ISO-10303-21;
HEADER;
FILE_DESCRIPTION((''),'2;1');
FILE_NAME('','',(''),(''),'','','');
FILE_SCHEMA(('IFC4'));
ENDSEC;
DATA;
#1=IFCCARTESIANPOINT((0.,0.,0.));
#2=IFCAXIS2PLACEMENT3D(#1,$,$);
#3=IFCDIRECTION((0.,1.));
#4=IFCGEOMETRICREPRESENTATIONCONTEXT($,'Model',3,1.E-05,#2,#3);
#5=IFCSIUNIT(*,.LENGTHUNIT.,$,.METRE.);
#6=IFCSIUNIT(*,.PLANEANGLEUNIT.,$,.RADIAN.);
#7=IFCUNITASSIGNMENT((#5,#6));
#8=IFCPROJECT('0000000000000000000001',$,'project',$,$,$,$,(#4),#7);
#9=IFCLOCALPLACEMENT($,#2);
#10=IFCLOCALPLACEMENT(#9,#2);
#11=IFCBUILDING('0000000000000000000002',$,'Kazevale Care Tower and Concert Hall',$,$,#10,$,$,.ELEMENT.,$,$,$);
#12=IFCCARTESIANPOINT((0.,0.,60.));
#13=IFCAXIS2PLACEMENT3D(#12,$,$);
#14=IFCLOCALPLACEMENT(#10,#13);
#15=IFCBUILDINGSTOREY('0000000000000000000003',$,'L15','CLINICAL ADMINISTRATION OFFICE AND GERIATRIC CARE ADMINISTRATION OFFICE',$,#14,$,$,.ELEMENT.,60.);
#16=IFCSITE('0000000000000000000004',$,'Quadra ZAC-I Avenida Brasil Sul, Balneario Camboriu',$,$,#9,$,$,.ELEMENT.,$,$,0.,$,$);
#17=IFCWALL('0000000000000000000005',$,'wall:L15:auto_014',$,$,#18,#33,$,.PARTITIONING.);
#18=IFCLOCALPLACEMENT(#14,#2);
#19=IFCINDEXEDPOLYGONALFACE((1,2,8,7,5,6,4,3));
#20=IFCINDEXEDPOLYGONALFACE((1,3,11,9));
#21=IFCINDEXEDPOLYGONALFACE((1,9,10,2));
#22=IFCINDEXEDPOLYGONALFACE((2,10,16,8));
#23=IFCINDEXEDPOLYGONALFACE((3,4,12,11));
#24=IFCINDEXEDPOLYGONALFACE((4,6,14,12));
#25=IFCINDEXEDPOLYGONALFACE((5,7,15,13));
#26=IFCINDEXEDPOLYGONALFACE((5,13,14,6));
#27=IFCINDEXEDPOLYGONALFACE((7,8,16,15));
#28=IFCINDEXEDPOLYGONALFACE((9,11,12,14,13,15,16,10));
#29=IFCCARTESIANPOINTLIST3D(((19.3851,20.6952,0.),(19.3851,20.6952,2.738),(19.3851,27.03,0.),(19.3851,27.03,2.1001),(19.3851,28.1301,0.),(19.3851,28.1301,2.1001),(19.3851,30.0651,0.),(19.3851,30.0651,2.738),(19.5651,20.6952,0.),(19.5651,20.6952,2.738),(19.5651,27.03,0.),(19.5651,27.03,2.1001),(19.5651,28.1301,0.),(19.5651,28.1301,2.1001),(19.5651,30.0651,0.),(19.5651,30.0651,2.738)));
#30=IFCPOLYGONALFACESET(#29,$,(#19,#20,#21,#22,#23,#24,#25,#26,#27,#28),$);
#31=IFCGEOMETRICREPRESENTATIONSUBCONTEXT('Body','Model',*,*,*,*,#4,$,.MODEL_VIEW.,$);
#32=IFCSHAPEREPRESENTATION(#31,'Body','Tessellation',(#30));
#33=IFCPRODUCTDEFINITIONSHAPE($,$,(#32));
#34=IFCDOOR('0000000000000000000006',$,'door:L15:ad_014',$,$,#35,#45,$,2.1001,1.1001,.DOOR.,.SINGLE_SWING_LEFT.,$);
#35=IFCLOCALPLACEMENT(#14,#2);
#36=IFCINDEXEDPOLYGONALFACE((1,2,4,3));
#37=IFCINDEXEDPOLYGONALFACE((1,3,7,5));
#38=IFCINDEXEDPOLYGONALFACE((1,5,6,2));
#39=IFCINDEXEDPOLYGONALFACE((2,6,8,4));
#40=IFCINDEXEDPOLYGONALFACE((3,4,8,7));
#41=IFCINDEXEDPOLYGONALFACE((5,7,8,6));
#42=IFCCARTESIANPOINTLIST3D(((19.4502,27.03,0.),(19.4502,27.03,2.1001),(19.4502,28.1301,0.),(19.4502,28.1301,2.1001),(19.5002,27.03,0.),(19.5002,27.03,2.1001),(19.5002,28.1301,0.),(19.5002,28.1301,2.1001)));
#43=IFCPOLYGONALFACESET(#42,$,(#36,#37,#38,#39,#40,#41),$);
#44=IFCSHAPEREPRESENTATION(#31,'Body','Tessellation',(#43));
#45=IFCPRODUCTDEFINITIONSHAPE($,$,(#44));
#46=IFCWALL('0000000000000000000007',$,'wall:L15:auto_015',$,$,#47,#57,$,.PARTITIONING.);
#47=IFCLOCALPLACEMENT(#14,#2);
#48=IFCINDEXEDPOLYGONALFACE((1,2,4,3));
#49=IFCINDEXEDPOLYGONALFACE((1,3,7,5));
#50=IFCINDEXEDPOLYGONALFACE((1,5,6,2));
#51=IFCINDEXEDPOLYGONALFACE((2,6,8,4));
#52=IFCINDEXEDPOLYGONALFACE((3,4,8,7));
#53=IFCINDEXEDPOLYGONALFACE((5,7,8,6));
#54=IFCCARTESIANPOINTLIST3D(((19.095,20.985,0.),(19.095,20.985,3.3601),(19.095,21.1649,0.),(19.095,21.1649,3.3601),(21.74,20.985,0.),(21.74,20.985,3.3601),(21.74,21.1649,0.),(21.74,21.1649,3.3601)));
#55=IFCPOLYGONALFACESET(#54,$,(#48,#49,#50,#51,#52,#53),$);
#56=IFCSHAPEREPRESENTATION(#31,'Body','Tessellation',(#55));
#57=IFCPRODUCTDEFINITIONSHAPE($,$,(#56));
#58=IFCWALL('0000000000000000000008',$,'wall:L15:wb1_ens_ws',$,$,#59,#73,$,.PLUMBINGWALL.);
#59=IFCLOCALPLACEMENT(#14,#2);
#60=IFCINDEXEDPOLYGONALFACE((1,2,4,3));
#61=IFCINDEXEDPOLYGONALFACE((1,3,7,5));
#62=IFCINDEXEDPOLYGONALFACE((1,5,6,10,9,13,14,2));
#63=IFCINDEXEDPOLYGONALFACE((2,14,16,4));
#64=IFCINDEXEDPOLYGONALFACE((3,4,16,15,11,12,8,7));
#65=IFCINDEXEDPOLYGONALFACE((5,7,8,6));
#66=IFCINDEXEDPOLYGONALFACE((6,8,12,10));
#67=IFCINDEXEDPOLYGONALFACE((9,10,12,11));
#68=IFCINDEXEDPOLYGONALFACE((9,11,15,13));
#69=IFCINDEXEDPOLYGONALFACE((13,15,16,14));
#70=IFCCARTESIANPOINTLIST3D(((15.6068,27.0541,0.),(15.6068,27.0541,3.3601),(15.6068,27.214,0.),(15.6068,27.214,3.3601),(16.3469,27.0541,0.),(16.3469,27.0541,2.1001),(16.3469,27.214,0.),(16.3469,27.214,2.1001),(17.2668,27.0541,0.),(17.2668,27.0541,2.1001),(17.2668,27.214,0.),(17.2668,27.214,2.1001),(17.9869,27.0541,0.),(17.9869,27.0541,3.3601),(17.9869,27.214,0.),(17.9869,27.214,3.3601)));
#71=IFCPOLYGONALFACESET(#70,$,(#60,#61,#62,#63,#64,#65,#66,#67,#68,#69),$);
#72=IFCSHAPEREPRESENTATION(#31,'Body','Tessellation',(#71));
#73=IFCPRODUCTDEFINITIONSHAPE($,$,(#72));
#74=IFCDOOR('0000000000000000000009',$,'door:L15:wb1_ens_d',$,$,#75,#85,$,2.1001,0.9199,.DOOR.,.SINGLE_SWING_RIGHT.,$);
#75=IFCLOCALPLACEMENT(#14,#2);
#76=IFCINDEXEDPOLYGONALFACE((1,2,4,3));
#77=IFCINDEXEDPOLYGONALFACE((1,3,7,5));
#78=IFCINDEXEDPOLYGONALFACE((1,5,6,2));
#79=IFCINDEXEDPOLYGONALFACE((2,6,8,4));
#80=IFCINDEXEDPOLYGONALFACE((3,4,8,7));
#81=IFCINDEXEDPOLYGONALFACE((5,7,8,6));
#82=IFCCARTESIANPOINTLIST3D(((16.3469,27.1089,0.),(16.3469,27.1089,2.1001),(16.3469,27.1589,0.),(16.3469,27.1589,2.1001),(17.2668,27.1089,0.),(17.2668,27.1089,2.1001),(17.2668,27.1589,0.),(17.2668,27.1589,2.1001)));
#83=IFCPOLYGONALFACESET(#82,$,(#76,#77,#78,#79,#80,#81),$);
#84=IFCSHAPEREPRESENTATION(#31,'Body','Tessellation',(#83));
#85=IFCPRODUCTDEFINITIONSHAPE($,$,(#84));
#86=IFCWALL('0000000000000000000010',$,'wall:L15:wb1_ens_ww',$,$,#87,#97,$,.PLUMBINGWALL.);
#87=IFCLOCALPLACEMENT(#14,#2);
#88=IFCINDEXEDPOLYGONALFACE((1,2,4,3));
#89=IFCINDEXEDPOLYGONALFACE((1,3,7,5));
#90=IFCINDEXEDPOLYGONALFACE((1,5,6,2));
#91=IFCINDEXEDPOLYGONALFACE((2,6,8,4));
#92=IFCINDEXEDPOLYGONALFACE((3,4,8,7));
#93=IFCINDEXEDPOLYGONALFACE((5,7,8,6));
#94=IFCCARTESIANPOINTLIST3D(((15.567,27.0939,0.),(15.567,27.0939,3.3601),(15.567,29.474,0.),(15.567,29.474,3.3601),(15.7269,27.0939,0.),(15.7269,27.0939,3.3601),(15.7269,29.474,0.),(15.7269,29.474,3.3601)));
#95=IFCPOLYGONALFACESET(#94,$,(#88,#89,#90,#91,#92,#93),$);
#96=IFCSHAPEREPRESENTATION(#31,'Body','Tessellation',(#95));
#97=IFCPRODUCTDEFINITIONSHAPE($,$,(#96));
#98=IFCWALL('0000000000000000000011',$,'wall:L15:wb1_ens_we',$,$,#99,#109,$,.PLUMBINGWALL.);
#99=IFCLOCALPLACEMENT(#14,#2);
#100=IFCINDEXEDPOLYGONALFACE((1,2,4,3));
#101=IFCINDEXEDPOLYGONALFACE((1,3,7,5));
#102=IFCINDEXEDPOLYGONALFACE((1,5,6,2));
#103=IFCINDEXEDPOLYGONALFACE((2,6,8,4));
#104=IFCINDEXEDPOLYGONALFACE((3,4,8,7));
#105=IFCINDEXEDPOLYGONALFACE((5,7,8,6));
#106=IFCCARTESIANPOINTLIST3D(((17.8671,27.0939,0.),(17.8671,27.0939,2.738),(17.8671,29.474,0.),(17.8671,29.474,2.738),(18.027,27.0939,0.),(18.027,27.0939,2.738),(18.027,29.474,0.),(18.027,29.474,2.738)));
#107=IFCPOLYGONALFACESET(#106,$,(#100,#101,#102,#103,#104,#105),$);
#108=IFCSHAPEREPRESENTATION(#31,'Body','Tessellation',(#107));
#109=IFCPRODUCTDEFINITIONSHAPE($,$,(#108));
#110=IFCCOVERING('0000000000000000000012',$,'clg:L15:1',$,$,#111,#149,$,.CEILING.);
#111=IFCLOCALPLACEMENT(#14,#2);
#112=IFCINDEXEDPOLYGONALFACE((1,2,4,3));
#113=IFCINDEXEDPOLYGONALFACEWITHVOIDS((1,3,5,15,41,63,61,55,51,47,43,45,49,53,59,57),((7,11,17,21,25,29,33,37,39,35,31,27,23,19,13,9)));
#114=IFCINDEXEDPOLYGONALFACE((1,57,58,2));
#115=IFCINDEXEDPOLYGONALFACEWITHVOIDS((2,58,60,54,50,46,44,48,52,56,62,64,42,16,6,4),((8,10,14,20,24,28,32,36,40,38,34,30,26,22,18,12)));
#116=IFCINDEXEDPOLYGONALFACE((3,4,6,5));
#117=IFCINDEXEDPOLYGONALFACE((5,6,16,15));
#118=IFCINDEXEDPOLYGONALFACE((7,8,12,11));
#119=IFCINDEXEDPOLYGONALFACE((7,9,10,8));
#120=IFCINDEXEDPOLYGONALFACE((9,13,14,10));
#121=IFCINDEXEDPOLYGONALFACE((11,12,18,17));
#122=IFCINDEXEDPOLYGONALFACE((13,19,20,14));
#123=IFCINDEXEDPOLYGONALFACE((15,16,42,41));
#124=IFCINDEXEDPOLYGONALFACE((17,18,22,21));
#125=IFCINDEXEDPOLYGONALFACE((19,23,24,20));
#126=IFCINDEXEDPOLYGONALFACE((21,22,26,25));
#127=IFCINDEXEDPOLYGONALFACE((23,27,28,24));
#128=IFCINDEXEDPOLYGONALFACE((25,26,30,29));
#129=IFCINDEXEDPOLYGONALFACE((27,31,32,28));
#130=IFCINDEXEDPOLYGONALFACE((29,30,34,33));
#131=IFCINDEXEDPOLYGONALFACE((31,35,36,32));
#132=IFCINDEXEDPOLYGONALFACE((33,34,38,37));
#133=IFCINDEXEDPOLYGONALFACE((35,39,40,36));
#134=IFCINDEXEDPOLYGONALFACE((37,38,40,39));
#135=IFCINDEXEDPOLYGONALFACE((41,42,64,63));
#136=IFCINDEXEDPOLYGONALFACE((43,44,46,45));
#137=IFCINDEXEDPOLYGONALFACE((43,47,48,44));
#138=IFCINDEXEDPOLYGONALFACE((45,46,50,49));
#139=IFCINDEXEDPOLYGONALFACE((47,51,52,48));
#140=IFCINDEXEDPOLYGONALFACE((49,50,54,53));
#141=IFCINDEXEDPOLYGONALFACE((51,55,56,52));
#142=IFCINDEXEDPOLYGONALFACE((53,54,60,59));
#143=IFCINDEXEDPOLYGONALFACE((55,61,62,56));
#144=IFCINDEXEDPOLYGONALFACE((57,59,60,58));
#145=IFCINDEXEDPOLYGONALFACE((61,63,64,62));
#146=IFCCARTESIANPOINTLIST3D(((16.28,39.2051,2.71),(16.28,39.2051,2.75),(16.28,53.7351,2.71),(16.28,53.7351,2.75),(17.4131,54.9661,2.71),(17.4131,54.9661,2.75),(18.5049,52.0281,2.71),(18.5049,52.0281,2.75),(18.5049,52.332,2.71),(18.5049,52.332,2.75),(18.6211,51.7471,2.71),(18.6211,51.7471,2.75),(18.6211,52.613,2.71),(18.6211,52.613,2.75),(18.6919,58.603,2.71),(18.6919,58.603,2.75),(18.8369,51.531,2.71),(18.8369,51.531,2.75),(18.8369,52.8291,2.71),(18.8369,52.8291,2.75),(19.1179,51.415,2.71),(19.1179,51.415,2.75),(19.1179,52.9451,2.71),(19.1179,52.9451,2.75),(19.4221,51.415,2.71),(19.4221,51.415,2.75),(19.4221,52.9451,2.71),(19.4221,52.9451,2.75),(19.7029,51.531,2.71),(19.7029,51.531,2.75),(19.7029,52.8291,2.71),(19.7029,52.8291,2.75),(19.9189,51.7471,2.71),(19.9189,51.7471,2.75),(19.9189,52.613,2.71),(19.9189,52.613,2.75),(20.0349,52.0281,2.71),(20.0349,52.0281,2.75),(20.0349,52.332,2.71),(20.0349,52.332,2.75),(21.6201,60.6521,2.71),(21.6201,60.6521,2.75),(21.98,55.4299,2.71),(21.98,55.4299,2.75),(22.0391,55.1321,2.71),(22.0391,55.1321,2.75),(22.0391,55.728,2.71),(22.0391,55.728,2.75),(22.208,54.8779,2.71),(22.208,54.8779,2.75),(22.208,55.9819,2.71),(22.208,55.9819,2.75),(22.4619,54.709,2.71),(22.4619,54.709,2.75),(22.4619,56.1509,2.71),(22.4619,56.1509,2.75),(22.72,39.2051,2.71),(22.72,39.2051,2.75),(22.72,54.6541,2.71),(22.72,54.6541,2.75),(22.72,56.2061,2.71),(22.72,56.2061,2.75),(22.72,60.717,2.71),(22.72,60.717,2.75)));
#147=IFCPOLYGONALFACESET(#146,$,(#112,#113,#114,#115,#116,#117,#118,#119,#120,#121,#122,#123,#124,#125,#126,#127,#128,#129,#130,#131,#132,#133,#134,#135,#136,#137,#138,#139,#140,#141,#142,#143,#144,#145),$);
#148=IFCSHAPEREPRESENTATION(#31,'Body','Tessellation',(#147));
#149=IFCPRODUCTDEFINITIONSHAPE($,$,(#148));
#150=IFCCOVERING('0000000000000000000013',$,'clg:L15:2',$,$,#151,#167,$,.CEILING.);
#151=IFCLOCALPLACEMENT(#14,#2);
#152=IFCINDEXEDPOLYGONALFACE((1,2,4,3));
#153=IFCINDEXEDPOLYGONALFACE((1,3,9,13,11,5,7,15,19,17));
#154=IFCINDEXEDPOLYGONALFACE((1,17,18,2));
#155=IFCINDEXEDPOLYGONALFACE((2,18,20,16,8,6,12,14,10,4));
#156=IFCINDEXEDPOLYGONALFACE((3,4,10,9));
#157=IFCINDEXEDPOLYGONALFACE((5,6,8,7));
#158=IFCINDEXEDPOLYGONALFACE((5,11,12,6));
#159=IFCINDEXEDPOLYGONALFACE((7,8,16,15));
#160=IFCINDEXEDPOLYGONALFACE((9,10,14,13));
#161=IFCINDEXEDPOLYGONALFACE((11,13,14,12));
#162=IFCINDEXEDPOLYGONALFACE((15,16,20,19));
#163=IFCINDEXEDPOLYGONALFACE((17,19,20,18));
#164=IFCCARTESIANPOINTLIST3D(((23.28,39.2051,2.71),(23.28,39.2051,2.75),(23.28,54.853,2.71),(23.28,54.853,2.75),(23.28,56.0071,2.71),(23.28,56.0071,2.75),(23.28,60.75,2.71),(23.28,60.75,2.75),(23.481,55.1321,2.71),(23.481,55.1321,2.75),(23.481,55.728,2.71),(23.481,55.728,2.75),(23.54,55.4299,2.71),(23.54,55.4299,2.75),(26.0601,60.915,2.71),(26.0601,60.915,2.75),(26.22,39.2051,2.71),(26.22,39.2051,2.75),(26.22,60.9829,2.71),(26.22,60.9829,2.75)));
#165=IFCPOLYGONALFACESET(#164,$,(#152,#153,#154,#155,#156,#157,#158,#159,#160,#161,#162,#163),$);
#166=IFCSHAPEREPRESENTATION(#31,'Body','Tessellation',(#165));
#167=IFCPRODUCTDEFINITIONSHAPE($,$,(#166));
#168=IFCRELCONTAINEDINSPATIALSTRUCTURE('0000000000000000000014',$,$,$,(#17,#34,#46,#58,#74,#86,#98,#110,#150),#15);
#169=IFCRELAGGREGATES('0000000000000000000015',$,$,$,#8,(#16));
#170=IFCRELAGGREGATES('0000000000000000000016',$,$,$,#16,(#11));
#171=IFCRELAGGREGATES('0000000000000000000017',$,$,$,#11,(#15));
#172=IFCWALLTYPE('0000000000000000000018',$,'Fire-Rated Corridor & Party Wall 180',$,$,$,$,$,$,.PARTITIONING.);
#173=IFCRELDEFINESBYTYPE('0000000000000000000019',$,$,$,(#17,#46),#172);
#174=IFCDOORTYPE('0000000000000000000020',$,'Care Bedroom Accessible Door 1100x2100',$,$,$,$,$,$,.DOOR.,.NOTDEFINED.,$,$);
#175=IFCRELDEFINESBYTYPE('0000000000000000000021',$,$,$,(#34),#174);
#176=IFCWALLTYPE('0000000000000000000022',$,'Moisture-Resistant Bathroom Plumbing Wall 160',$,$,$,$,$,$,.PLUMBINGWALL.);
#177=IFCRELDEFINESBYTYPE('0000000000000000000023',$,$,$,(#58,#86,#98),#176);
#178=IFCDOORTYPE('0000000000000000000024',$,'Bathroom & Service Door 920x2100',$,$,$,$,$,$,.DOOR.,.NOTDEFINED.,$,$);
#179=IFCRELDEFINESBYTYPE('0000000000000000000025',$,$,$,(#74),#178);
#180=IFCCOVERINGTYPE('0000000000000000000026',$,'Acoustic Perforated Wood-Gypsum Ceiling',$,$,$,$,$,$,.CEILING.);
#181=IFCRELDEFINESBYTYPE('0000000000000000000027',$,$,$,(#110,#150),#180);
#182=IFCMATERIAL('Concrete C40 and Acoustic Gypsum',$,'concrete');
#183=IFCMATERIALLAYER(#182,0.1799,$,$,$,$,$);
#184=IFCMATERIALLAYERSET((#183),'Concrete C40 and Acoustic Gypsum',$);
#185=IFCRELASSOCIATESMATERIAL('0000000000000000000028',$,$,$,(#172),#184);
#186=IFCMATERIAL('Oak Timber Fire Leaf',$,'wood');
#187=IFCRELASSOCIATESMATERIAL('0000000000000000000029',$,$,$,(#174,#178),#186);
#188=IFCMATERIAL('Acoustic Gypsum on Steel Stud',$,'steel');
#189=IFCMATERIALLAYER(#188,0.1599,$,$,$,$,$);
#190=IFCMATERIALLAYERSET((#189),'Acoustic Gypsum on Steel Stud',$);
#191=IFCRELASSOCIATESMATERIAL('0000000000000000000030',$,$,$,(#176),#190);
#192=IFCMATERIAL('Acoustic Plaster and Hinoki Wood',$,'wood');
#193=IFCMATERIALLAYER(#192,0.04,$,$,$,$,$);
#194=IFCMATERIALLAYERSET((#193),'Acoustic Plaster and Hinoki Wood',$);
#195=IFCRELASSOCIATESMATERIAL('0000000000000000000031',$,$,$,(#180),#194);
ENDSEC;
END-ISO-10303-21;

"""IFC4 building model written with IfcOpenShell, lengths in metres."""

from ifc_helpers import new_model, si_unit, direction, frame, frame_2d, origin, place, context, subcontext, project, spatial, polyline, rectangle, outline, extrude, material, layer, layer_set, type_object, element, fill, save


model = new_model("IFC4")

# Units and contexts
model_context = context("Model", 3, precision=1e-05, world=origin(), true_north=direction((0.0, 1.0)))
body_context = subcontext(model_context, "Body", "Model", "MODEL_VIEW")
ifc_project = project(units=[si_unit("LENGTHUNIT", "METRE"), si_unit("PLANEANGLEUNIT", "RADIAN")], contexts=[model_context])

# Site, building, storey
site_placement = place(None, origin())
site = spatial("IfcSite", under=ifc_project, at=site_placement, Name="Quadra ZAC-I Avenida Brasil Sul, Balneario Camboriu", CompositionType="ELEMENT", RefElevation=0.0)
building_placement = place(site_placement, origin())
building = spatial("IfcBuilding", under=site, at=building_placement, Name="Kazevale Care Tower and Concert Hall", CompositionType="ELEMENT")
storey_placement = place(building_placement, frame((0.0, 0.0, 60.0)))
storey = spatial("IfcBuildingStorey", under=building, at=storey_placement, Name="L15", Description="CLINICAL ADMINISTRATION OFFICE AND GERIATRIC CARE ADMINISTRATION OFFICE", CompositionType="ELEMENT", Elevation=60.0)

# Wall, opening, door
ifc_material_1 = material(Name="Concrete C40 and Acoustic Gypsum", Category="concrete")
ifc_layer_1 = layer(ifc_material_1, 0.1799)
ifc_layer_set_1 = layer_set([ifc_layer_1], Name="Concrete C40 and Acoustic Gypsum")
wall_type_1 = type_object("IfcWallType", Name="Fire-Rated Corridor & Party Wall 180", PredefinedType="PARTITIONING", material=ifc_layer_set_1)
wall_1_placement = place(storey_placement, frame((19.4751, 20.6951, 0.0), z_axis=(0.0, 0.0, 1.0), x_axis=(0.0, 1.0, 0.0)))
wall_1 = element("IfcWall", 1, at=wall_1_placement, inside=storey, type_object=wall_type_1, Name="wall:L15:auto_014", PredefinedType="PARTITIONING", context=body_context, shape_type="SweptSolid", body=[
    extrude(rectangle(XDim=9.3699, YDim=0.1799, at=frame_2d((4.6851, 0.0))), origin(), (0.0, 0.0, 1.0), 2.738),
])
opening_1_placement = place(wall_1_placement, frame((6.335, 0.0, 0.0)))
opening_1 = element("IfcOpeningElement", 2, at=opening_1_placement, cuts=wall_1, PredefinedType="OPENING", context=body_context, shape_type="SweptSolid", body=[
    extrude(rectangle(XDim=1.1001, YDim=2.1001, at=frame_2d((0.55, 1.05))), frame((0.0, 0.0999, 0.0), z_axis=(0.0, -1.0, 0.0), x_axis=(1.0, 0.0, 0.0)), (0.0, 0.0, 1.0), 0.2),
])
ifc_material_2 = material(Name="Oak Timber Fire Leaf", Category="wood")
door_type_1 = type_object("IfcDoorType", Name="Care Bedroom Accessible Door 1100x2100", OperationType="NOTDEFINED", PredefinedType="DOOR", material=ifc_material_2)
door_1_placement = place(opening_1_placement, origin())
door_1 = element("IfcDoor", 3, at=door_1_placement, inside=storey, type_object=door_type_1, Name="door:L15:ad_014", OperationType="SINGLE_SWING_LEFT", OverallHeight=2.1001, OverallWidth=1.1001, PredefinedType="DOOR", context=body_context, shape_type="SweptSolid", body=[
    extrude(rectangle(XDim=1.1001, YDim=2.1001, at=frame_2d((0.55, 1.05))), frame((0.0, 0.0249, 0.0), z_axis=(0.0, -1.0, 0.0), x_axis=(1.0, 0.0, 0.0)), (0.0, 0.0, 1.0), 0.05),
])
fill(opening_1, door_1)

# Wall
wall_2_placement = place(storey_placement, frame((21.74, 21.075, 0.0), z_axis=(0.0, 0.0, 1.0), x_axis=(-1.0, 0.0, 0.0)))
element("IfcWall", 4, at=wall_2_placement, inside=storey, type_object=wall_type_1, Name="wall:L15:auto_015", PredefinedType="PARTITIONING", context=body_context, shape_type="SweptSolid", body=[
    extrude(rectangle(XDim=2.645, YDim=0.1799, at=frame_2d((1.3225, 0.0))), origin(), (0.0, 0.0, 1.0), 3.3601),
])

# Wall, opening, door
ifc_material_3 = material(Name="Acoustic Gypsum on Steel Stud", Category="steel")
ifc_layer_2 = layer(ifc_material_3, 0.1599)
ifc_layer_set_2 = layer_set([ifc_layer_2], Name="Acoustic Gypsum on Steel Stud")
wall_type_2 = type_object("IfcWallType", Name="Moisture-Resistant Bathroom Plumbing Wall 160", PredefinedType="PLUMBINGWALL", material=ifc_layer_set_2)
wall_3_placement = place(storey_placement, frame((15.6069, 27.134, 0.0), z_axis=(0.0, 0.0, 1.0), x_axis=(1.0, 0.0, 0.0)))
wall_3 = element("IfcWall", 5, at=wall_3_placement, inside=storey, type_object=wall_type_2, Name="wall:L15:wb1_ens_ws", PredefinedType="PLUMBINGWALL", context=body_context, shape_type="SweptSolid", body=[
    extrude(rectangle(XDim=2.3801, YDim=0.1599, at=frame_2d((1.1899, 0.0))), origin(), (0.0, 0.0, 1.0), 3.3601),
])
opening_2_placement = place(wall_3_placement, frame((0.74, 0.0, 0.0)))
opening_2 = element("IfcOpeningElement", 6, at=opening_2_placement, cuts=wall_3, PredefinedType="OPENING", context=body_context, shape_type="SweptSolid", body=[
    extrude(rectangle(XDim=0.9199, YDim=2.1001, at=frame_2d((0.46, 1.05))), frame((0.0, 0.0898, 0.0), z_axis=(0.0, -1.0, 0.0), x_axis=(1.0, 0.0, 0.0)), (0.0, 0.0, 1.0), 0.1799),
])
door_type_2 = type_object("IfcDoorType", Name="Bathroom & Service Door 920x2100", OperationType="NOTDEFINED", PredefinedType="DOOR", material=ifc_material_2)
door_2_placement = place(opening_2_placement, origin())
door_2 = element("IfcDoor", 7, at=door_2_placement, inside=storey, type_object=door_type_2, Name="door:L15:wb1_ens_d", OperationType="SINGLE_SWING_RIGHT", OverallHeight=2.1001, OverallWidth=0.9199, PredefinedType="DOOR", context=body_context, shape_type="SweptSolid", body=[
    extrude(rectangle(XDim=0.9199, YDim=2.1001, at=frame_2d((0.46, 1.05))), frame((0.0, 0.0249, 0.0), z_axis=(0.0, -1.0, 0.0), x_axis=(1.0, 0.0, 0.0)), (0.0, 0.0, 1.0), 0.05),
])
fill(opening_2, door_2)

# Walls
wall_4_placement = place(storey_placement, frame((15.647, 27.094, 0.0), z_axis=(0.0, 0.0, 1.0), x_axis=(0.0, 1.0, 0.0)))
element("IfcWall", 8, at=wall_4_placement, inside=storey, type_object=wall_type_2, Name="wall:L15:wb1_ens_ww", PredefinedType="PLUMBINGWALL", context=body_context, shape_type="SweptSolid", body=[
    extrude(rectangle(XDim=2.3801, YDim=0.1599, at=frame_2d((1.1899, 0.0))), origin(), (0.0, 0.0, 1.0), 3.3601),
])
wall_5_placement = place(storey_placement, frame((17.947, 27.094, 0.0), z_axis=(0.0, 0.0, 1.0), x_axis=(0.0, 1.0, 0.0)))
element("IfcWall", 9, at=wall_5_placement, inside=storey, type_object=wall_type_2, Name="wall:L15:wb1_ens_we", PredefinedType="PLUMBINGWALL", context=body_context, shape_type="SweptSolid", body=[
    extrude(rectangle(XDim=2.3801, YDim=0.1599, at=frame_2d((1.1899, 0.0))), origin(), (0.0, 0.0, 1.0), 2.738),
])

# Coverings
ifc_material_4 = material(Name="Acoustic Plaster and Hinoki Wood", Category="wood")
ifc_layer_3 = layer(ifc_material_4, 0.04)
ifc_layer_set_3 = layer_set([ifc_layer_3], Name="Acoustic Plaster and Hinoki Wood")
covering_type = type_object("IfcCoveringType", Name="Acoustic Perforated Wood-Gypsum Ceiling", PredefinedType="CEILING", material=ifc_layer_set_3)
covering_1_placement = place(storey_placement, frame((0.0, 0.0, 2.71)))
element("IfcCovering", 10, at=covering_1_placement, inside=storey, type_object=covering_type, Name="clg:L15:1", PredefinedType="CEILING", context=body_context, shape_type="SweptSolid", body=[
    extrude(outline(polyline([(22.72, 60.717), (22.72, 56.2061), (22.4619, 56.1509), (22.208, 55.9819), (22.0391, 55.728), (21.98, 55.4299), (22.0391, 55.1321), (22.208, 54.8779), (22.4619, 54.709), (22.72, 54.6541), (22.72, 39.2051), (16.28, 39.2051), (16.28, 53.7351), (17.4131, 54.9661), (18.6919, 58.603), (21.6201, 60.6521), (22.72, 60.717)]), holes=[polyline([(20.0349, 52.332), (19.9189, 52.613), (19.7029, 52.8291), (19.4221, 52.9451), (19.1179, 52.9451), (18.8369, 52.8291), (18.6211, 52.613), (18.5049, 52.332), (18.5049, 52.0281), (18.6211, 51.7471), (18.8369, 51.531), (19.1179, 51.415), (19.4221, 51.415), (19.7029, 51.531), (19.9189, 51.7471), (20.0349, 52.0281), (20.0349, 52.332)])]), origin(), (0.0, 0.0, 1.0), 0.04),
])
covering_2_placement = place(storey_placement, frame((0.0, 0.0, 2.71)))
element("IfcCovering", 11, at=covering_2_placement, inside=storey, type_object=covering_type, Name="clg:L15:2", PredefinedType="CEILING", context=body_context, shape_type="SweptSolid", body=[
    extrude(outline(polyline([(23.28, 54.853), (23.481, 55.1321), (23.54, 55.4299), (23.481, 55.728), (23.28, 56.0071), (23.28, 60.75), (26.0601, 60.915), (26.22, 60.9829), (26.22, 39.2051), (23.28, 39.2051), (23.28, 54.853)])), origin(), (0.0, 0.0, 1.0), 0.04),
])

save(model, "model.ifc")
